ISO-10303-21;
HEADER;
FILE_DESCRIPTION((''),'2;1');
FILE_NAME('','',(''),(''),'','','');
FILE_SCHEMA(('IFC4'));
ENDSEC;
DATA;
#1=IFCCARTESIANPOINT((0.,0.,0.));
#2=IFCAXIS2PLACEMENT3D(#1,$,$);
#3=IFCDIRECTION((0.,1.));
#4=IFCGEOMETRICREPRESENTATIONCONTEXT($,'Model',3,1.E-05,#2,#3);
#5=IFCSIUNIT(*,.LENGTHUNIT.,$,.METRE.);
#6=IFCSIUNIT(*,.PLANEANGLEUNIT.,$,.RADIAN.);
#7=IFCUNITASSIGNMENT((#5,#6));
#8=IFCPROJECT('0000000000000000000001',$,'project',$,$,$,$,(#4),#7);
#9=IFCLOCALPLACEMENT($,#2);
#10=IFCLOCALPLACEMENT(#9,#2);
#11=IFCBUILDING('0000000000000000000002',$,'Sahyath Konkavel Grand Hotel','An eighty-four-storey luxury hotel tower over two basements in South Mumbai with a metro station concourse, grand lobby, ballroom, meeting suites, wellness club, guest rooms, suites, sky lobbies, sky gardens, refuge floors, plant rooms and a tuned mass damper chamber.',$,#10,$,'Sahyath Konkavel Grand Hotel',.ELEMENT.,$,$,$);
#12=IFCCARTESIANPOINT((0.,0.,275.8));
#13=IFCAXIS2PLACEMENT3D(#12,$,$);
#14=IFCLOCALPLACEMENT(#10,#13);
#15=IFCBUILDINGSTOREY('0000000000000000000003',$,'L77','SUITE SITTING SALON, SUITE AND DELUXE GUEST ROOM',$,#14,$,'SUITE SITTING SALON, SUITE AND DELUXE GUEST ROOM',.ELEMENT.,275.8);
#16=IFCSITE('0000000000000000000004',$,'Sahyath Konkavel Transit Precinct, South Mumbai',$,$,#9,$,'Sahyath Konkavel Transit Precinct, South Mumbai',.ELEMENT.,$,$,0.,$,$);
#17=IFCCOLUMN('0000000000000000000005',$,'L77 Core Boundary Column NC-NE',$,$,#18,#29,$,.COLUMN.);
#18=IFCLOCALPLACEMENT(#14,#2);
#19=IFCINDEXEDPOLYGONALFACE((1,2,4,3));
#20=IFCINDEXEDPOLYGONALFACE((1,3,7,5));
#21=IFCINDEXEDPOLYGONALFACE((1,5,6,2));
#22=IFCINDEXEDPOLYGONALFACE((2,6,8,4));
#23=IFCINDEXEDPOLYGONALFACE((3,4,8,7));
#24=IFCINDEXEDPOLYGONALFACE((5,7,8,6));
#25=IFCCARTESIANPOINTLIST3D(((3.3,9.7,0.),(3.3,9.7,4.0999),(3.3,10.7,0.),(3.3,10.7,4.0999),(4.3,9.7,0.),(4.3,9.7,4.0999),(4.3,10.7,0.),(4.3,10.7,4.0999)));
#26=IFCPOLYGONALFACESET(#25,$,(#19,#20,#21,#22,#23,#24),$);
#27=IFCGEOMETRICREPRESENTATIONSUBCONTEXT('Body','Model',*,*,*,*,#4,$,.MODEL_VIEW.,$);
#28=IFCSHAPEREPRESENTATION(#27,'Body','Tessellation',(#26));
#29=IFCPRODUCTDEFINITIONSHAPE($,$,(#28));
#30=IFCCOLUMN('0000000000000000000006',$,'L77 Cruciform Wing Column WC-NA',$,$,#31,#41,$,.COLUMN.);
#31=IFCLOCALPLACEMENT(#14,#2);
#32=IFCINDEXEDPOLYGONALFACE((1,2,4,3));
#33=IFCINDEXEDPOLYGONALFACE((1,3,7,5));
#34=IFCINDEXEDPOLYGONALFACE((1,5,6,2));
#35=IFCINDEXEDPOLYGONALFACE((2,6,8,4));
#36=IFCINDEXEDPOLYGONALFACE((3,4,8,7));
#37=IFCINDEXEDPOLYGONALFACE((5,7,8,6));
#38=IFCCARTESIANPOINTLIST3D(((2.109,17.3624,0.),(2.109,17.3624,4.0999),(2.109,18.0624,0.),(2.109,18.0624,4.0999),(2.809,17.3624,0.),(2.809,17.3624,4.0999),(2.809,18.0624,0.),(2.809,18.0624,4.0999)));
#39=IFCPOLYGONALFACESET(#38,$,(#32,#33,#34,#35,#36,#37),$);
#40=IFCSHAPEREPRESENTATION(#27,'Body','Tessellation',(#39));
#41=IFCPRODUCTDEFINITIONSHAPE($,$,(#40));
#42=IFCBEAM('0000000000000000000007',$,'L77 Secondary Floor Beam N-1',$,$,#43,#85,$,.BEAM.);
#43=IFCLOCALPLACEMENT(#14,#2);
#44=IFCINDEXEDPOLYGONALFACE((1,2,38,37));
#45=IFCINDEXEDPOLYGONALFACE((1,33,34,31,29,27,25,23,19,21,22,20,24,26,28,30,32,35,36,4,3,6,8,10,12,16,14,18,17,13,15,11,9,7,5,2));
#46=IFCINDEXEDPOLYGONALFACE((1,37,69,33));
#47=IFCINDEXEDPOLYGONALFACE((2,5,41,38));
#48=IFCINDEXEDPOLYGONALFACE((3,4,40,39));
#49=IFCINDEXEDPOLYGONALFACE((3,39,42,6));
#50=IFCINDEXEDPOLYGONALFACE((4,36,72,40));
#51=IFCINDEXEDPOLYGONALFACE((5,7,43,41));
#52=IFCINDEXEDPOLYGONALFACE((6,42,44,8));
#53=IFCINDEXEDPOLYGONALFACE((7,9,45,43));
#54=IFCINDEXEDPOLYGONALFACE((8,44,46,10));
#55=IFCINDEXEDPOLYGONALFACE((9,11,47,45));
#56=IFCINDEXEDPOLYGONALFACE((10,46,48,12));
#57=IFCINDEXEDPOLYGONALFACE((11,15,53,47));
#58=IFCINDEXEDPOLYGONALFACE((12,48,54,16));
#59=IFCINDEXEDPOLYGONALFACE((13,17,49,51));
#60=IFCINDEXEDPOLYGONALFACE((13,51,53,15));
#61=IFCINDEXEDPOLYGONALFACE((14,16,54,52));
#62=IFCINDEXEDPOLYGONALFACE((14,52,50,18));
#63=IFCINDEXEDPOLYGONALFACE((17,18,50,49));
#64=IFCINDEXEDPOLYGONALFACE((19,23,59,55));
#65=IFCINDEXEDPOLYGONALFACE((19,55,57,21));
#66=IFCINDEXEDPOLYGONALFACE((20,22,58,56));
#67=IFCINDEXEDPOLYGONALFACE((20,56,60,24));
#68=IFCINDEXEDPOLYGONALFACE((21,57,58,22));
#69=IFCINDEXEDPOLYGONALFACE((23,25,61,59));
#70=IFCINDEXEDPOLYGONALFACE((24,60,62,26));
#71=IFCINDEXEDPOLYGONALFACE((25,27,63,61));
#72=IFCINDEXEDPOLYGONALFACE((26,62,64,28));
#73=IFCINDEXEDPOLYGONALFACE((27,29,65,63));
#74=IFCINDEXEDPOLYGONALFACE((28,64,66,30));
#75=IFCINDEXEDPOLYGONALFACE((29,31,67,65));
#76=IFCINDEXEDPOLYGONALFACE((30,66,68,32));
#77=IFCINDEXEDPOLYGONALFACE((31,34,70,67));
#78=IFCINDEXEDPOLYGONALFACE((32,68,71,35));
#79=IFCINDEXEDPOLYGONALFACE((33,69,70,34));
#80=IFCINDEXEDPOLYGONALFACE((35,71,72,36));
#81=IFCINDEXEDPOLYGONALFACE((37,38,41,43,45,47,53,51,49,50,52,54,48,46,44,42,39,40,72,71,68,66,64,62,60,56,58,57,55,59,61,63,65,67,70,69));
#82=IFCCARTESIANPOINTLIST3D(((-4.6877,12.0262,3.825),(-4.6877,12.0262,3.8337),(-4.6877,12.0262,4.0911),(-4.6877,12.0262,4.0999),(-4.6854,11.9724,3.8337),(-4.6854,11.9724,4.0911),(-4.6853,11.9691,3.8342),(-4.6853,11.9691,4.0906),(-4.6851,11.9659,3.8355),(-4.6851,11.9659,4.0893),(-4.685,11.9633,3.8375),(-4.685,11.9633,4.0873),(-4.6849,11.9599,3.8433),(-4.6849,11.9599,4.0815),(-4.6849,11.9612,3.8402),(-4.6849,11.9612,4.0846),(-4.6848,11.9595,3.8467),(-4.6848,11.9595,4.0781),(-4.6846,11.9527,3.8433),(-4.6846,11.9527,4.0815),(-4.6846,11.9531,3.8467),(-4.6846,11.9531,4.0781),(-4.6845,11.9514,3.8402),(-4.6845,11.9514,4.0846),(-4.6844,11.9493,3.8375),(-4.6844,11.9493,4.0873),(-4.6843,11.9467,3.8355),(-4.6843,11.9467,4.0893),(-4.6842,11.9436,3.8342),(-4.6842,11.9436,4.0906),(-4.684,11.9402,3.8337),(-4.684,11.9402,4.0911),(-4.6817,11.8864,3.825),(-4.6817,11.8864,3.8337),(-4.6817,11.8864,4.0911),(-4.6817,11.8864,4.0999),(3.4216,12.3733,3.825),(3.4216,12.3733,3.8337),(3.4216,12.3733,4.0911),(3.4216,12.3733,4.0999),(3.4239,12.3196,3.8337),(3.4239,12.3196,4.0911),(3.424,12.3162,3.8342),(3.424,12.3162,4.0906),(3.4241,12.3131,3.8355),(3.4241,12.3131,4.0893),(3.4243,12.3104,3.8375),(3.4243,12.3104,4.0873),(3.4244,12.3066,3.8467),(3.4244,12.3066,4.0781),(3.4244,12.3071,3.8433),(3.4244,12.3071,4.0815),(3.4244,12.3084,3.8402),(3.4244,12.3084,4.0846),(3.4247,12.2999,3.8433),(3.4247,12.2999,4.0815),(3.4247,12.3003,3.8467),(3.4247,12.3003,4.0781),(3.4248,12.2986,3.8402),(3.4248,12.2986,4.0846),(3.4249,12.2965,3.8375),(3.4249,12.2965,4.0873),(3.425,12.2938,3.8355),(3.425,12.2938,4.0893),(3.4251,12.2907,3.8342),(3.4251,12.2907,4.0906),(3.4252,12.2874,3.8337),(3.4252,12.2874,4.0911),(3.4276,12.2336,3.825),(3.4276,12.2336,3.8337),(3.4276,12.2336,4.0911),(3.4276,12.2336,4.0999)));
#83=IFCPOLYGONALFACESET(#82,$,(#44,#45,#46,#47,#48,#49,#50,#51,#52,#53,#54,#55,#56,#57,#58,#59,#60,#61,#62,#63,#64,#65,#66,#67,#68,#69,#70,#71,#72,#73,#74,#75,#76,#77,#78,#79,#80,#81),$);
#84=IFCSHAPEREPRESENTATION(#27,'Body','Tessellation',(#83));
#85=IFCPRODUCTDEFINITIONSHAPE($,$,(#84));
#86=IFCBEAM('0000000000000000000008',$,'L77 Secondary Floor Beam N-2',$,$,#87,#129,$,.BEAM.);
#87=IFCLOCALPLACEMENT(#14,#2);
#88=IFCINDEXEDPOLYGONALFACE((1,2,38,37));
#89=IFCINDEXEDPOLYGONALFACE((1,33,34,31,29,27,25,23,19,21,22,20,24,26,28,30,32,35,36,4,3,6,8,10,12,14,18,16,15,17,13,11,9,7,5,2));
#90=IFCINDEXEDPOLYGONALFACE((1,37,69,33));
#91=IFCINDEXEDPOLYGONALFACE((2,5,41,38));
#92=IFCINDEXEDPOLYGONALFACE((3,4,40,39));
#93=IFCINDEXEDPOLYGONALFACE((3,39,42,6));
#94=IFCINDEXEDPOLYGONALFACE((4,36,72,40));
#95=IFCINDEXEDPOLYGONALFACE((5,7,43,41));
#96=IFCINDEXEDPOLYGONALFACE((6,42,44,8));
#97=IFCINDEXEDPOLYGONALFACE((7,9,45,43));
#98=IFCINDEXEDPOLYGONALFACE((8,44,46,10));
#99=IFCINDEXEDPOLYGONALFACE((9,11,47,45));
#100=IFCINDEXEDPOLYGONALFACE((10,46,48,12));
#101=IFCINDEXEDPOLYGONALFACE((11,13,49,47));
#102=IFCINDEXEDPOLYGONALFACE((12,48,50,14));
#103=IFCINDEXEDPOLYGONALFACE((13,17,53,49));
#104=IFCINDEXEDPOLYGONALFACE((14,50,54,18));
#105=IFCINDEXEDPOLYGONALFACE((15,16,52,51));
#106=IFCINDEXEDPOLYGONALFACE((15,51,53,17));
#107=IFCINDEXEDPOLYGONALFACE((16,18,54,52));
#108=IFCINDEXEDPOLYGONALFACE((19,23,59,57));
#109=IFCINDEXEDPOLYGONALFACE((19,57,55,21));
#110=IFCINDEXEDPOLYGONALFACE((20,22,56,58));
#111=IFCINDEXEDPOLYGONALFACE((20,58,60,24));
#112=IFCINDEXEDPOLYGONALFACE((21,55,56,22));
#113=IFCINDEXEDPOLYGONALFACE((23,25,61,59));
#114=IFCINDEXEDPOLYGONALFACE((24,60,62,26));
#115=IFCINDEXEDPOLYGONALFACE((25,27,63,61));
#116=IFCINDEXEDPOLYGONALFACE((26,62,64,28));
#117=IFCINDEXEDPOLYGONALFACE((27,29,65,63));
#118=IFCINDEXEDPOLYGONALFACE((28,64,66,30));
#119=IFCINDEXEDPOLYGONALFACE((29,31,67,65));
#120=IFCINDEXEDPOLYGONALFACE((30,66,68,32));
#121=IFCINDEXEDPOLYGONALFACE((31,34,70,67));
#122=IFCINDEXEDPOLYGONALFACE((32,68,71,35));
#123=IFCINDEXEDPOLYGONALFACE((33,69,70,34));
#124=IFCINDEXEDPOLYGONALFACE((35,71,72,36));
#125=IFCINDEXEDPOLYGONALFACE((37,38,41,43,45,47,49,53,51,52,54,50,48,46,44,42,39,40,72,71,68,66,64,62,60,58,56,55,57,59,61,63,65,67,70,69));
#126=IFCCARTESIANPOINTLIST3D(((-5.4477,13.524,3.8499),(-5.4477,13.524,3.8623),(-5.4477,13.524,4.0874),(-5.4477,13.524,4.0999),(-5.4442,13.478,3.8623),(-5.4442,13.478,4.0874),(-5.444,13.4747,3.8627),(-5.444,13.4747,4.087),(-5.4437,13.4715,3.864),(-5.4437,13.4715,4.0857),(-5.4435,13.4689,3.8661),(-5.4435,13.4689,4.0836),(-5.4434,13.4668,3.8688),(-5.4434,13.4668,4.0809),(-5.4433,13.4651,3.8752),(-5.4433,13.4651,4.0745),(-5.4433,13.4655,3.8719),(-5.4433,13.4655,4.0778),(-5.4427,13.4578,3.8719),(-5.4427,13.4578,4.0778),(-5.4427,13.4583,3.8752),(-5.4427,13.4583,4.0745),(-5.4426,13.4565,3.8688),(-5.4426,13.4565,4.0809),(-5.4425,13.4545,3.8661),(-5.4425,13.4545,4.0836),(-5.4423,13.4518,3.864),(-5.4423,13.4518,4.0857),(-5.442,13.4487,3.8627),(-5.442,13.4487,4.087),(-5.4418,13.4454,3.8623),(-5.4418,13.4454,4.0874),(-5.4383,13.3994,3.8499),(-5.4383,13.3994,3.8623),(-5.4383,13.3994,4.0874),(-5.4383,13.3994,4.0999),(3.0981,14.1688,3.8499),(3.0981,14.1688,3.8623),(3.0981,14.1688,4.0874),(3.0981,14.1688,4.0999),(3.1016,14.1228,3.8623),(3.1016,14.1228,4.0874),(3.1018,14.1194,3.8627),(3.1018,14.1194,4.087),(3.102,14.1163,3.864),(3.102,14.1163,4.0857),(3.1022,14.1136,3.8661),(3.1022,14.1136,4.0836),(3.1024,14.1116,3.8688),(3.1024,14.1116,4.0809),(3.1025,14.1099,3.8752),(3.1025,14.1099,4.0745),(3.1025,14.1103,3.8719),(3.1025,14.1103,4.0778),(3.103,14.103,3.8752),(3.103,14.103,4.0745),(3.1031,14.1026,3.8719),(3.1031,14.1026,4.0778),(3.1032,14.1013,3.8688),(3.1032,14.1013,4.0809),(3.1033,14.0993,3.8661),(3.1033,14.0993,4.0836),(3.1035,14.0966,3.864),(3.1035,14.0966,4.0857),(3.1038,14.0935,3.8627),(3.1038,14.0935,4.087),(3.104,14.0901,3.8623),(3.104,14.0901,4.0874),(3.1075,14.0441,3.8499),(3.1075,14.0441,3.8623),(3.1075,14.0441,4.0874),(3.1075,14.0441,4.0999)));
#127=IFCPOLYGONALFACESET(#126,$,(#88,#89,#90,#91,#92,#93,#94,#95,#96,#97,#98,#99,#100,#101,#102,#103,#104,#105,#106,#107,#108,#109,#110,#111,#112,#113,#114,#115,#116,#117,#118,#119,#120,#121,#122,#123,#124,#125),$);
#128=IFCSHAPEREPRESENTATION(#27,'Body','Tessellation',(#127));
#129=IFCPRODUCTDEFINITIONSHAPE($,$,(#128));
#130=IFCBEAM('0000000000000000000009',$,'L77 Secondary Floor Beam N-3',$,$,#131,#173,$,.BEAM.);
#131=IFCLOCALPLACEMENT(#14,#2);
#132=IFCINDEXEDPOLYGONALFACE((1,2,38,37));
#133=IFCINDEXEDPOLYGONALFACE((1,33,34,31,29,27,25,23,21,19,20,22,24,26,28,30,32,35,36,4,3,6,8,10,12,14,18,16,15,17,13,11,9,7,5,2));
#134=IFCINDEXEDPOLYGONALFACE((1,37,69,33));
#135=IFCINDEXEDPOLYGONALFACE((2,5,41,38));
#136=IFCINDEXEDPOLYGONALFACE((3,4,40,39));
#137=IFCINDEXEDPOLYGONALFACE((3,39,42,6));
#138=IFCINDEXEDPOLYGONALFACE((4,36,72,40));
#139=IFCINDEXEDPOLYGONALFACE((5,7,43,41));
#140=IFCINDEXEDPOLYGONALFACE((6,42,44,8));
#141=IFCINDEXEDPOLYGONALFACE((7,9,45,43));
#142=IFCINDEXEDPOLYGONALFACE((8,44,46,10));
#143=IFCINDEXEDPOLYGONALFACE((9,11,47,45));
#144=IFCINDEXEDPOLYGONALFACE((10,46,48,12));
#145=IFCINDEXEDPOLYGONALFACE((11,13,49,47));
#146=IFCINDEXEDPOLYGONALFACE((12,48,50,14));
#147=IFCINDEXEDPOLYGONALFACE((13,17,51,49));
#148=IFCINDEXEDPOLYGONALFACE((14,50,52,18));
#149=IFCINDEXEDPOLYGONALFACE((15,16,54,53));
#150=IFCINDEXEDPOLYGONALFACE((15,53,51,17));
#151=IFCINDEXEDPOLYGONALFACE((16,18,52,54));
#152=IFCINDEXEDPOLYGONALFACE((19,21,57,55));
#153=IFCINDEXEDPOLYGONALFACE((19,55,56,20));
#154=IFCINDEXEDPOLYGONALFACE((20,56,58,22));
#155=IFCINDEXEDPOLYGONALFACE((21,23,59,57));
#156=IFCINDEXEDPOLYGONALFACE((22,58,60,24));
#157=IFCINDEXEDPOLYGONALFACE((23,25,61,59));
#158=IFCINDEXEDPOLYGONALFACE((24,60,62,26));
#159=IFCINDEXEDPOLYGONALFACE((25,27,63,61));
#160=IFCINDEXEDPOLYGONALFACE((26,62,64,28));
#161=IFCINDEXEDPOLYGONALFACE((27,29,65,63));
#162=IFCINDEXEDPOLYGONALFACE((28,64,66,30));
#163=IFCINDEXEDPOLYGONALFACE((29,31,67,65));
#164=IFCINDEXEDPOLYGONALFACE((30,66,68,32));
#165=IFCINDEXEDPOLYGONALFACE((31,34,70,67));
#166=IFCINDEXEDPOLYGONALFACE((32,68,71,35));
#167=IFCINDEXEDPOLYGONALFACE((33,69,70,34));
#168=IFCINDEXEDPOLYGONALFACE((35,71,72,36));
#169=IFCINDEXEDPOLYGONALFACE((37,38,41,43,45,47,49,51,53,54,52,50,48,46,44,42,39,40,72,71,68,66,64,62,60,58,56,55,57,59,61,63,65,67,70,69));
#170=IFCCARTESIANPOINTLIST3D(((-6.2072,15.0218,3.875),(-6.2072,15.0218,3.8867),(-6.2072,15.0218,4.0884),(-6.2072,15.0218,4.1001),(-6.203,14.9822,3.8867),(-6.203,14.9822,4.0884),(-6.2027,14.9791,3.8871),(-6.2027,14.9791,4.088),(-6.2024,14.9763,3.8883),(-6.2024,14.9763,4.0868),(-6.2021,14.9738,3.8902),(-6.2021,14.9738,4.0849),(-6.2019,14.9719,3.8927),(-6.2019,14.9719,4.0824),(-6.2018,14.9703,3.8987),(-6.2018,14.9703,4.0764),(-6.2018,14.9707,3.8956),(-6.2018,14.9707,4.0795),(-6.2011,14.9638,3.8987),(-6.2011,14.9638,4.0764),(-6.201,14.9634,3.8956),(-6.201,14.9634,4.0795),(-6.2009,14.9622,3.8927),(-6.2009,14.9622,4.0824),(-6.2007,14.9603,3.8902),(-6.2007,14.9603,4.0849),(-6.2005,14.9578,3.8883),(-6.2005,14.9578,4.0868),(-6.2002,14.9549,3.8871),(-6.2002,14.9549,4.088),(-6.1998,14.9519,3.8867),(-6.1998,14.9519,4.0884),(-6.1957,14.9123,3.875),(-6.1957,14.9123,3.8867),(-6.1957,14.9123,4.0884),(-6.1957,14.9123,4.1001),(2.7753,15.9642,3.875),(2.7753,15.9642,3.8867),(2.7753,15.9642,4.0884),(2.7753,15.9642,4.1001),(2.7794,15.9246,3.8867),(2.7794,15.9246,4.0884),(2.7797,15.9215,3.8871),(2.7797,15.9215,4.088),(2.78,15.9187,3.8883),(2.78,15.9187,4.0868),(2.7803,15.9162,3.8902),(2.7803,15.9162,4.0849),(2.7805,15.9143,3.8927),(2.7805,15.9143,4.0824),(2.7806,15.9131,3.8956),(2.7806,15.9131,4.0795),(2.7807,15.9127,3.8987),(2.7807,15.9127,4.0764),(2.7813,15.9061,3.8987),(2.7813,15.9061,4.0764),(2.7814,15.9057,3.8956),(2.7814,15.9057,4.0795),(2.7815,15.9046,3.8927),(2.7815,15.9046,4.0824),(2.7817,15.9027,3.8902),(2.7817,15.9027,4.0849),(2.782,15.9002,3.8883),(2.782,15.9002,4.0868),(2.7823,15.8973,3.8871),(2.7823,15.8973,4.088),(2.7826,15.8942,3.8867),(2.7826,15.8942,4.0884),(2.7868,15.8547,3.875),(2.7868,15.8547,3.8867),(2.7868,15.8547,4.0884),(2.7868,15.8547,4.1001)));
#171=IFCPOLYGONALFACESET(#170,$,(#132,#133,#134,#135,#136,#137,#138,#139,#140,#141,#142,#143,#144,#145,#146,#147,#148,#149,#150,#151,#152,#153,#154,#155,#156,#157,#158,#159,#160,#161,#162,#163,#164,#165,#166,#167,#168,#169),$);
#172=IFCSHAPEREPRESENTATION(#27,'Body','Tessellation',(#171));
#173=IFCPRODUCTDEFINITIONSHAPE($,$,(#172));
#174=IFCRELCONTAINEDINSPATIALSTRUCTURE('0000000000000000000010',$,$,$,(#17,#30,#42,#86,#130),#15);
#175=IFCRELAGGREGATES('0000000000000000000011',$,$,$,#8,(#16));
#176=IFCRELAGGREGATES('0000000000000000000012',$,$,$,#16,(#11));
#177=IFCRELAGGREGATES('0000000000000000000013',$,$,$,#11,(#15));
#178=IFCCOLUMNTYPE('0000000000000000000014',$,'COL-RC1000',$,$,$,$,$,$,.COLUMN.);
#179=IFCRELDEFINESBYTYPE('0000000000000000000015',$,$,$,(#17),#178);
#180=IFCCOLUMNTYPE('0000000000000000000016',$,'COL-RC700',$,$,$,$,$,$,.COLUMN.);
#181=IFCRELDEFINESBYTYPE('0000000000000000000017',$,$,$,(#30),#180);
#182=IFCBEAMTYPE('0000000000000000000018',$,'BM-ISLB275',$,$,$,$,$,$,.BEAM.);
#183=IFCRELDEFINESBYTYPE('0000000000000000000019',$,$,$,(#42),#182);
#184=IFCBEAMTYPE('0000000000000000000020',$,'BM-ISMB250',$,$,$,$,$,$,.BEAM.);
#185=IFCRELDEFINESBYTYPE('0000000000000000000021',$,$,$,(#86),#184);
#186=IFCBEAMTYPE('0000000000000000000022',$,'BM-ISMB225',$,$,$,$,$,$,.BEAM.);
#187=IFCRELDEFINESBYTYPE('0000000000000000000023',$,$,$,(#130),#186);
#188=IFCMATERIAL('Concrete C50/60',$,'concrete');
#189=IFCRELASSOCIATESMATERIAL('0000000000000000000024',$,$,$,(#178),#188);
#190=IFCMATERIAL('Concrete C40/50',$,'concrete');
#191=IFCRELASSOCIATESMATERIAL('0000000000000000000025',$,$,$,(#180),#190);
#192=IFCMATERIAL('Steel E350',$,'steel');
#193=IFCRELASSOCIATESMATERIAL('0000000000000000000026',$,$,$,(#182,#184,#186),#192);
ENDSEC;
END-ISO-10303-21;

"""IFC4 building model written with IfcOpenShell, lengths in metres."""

from ifc_helpers import new_model, si_unit, direction, frame, origin, origin_2d, place, context, subcontext, project, spatial, rectangle, i_section, extrude, source, transform, mapped, material, material_profile, profile_set, type_object, element, save


model = new_model("IFC4")

# Units and contexts
model_context = context("Model", 3, precision=1e-05, world=origin(), true_north=direction((0.0, 1.0)))
body_context = subcontext(model_context, "Body", "Model", "MODEL_VIEW")
ifc_project = project(units=[si_unit("LENGTHUNIT", "METRE"), si_unit("PLANEANGLEUNIT", "RADIAN")], contexts=[model_context])

# Site, building, storey
site_placement = place(None, origin())
site = spatial("IfcSite", under=ifc_project, at=site_placement, Name="Sahyath Konkavel Transit Precinct, South Mumbai", LongName="Sahyath Konkavel Transit Precinct, South Mumbai", CompositionType="ELEMENT", RefElevation=0.0)
building_placement = place(site_placement, origin())
building = spatial("IfcBuilding", under=site, at=building_placement, Name="Sahyath Konkavel Grand Hotel", Description="An eighty-four-storey luxury hotel tower over two basements in South Mumbai with a metro station concourse, grand lobby, ballroom, meeting suites, wellness club, guest rooms, suites, sky lobbies, sky gardens, refuge floors, plant rooms and a tuned mass damper chamber.", LongName="Sahyath Konkavel Grand Hotel", CompositionType="ELEMENT")
storey_placement = place(building_placement, frame((0.0, 0.0, 275.8)))
storey = spatial("IfcBuildingStorey", under=building, at=storey_placement, Name="L77", Description="SUITE SITTING SALON, SUITE AND DELUXE GUEST ROOM", LongName="SUITE SITTING SALON, SUITE AND DELUXE GUEST ROOM", CompositionType="ELEMENT", Elevation=275.8)

# Columns
ifc_material_1 = material(Name="Concrete C50/60", Category="concrete")
ifc_material_profile_1 = material_profile(ifc_material_1, rectangle(XDim=1.0, YDim=1.0, at=origin_2d()), Name="RC 1000x1000")
ifc_profile_set_1 = profile_set([ifc_material_profile_1], Name="Concrete C50/60")
column_type_1 = type_object("IfcColumnType", Name="COL-RC1000", PredefinedType="COLUMN", material=ifc_profile_set_1)
shared_shape_1 = source(origin(), body_context, "Body", "SweptSolid", [
    extrude(rectangle(XDim=1.0, YDim=1.0, at=origin_2d()), origin(), (0.0, 0.0, 1.0), 4.0999),
])
column_1_placement = place(storey_placement, frame((3.8, 10.2, 0.0), z_axis=(0.0, 0.0, 1.0), x_axis=(1.0, 0.0, 0.0)))
element("IfcColumn", 1, at=column_1_placement, inside=storey, type_object=column_type_1, Name="L77 Core Boundary Column NC-NE", PredefinedType="COLUMN", context=body_context, shape_type="MappedRepresentation", body=[
    mapped(shared_shape_1, transform((0.0, 0.0, 0.0), scale=1.0)),
])
ifc_material_2 = material(Name="Concrete C40/50", Category="concrete")
ifc_material_profile_2 = material_profile(ifc_material_2, rectangle(XDim=0.7, YDim=0.7, at=origin_2d()), Name="RC 700x700")
ifc_profile_set_2 = profile_set([ifc_material_profile_2], Name="Concrete C40/50")
column_type_2 = type_object("IfcColumnType", Name="COL-RC700", PredefinedType="COLUMN", material=ifc_profile_set_2)
shared_shape_2 = source(origin(), body_context, "Body", "SweptSolid", [
    extrude(rectangle(XDim=0.7, YDim=0.7, at=origin_2d()), origin(), (0.0, 0.0, 1.0), 4.0999),
])
column_2_placement = place(storey_placement, frame((2.459, 17.7124, 0.0), z_axis=(0.0, 0.0, 1.0), x_axis=(1.0, 0.0, 0.0)))
element("IfcColumn", 2, at=column_2_placement, inside=storey, type_object=column_type_2, Name="L77 Cruciform Wing Column WC-NA", PredefinedType="COLUMN", context=body_context, shape_type="MappedRepresentation", body=[
    mapped(shared_shape_2, transform((0.0, 0.0, 0.0), scale=1.0)),
])

# Beams
ifc_material_3 = material(Name="Steel E350", Category="steel")
ifc_material_profile_3 = material_profile(ifc_material_3, i_section(OverallWidth=0.1399, OverallDepth=0.2749, WebThickness=0.0063, FlangeThickness=0.0088, FilletRadius=0.0129, at=origin_2d()), Name="ISLB 275")
ifc_profile_set_3 = profile_set([ifc_material_profile_3], Name="Steel E350")
beam_type_1 = type_object("IfcBeamType", Name="BM-ISLB275", PredefinedType="BEAM", material=ifc_profile_set_3)
shared_shape_3 = source(origin(), body_context, "Body", "SweptSolid", [
    extrude(i_section(OverallWidth=0.1399, OverallDepth=0.2749, WebThickness=0.0063, FlangeThickness=0.0088, FilletRadius=0.0129, at=origin_2d()), origin(), (0.0, 0.0, 1.0), 8.1167),
])
beam_1_placement = place(storey_placement, frame((3.4246, 12.3035, 3.9624), z_axis=(-0.999085, -0.042772, 0.0), x_axis=(0.042772, -0.999085, 0.0)))
element("IfcBeam", 3, at=beam_1_placement, inside=storey, type_object=beam_type_1, Name="L77 Secondary Floor Beam N-1", PredefinedType="BEAM", context=body_context, shape_type="MappedRepresentation", body=[
    mapped(shared_shape_3, transform((0.0, 0.0, 0.0), scale=1.0)),
])
ifc_material_profile_4 = material_profile(ifc_material_3, i_section(OverallWidth=0.125, OverallDepth=0.25, WebThickness=0.0068, FlangeThickness=0.0125, FilletRadius=0.0129, at=origin_2d()), Name="ISMB 250")
ifc_profile_set_4 = profile_set([ifc_material_profile_4], Name="Steel E350")
beam_type_2 = type_object("IfcBeamType", Name="BM-ISMB250", PredefinedType="BEAM", material=ifc_profile_set_4)
shared_shape_4 = source(origin(), body_context, "Body", "SweptSolid", [
    extrude(i_section(OverallWidth=0.125, OverallDepth=0.25, WebThickness=0.0068, FlangeThickness=0.0125, FilletRadius=0.0129, at=origin_2d()), origin(), (0.0, 0.0, 1.0), 8.5701),
])
beam_2_placement = place(storey_placement, frame((3.1028, 14.1064, 3.9749), z_axis=(-0.997166, -0.075235, 0.0), x_axis=(0.075235, -0.997166, 0.0)))
element("IfcBeam", 4, at=beam_2_placement, inside=storey, type_object=beam_type_2, Name="L77 Secondary Floor Beam N-2", PredefinedType="BEAM", context=body_context, shape_type="MappedRepresentation", body=[
    mapped(shared_shape_4, transform((0.0, 0.0, 0.0), scale=1.0)),
])
ifc_material_profile_5 = material_profile(ifc_material_3, i_section(OverallWidth=0.1101, OverallDepth=0.2251, WebThickness=0.0066, FlangeThickness=0.0117, FilletRadius=0.012, at=origin_2d()), Name="ISMB 225")
ifc_profile_set_5 = profile_set([ifc_material_profile_5], Name="Steel E350")
beam_type_3 = type_object("IfcBeamType", Name="BM-ISMB225", PredefinedType="BEAM", material=ifc_profile_set_5)
shared_shape_5 = source(origin(), body_context, "Body", "SweptSolid", [
    extrude(i_section(OverallWidth=0.1101, OverallDepth=0.2251, WebThickness=0.0066, FlangeThickness=0.0117, FilletRadius=0.012, at=origin_2d()), origin(), (0.0, 0.0, 1.0), 9.0317),
])
beam_3_placement = place(storey_placement, frame((2.781, 15.9094, 3.9875), z_axis=(-0.994542, -0.104341, 0.0), x_axis=(0.104341, -0.994542, 0.0)))
element("IfcBeam", 5, at=beam_3_placement, inside=storey, type_object=beam_type_3, Name="L77 Secondary Floor Beam N-3", PredefinedType="BEAM", context=body_context, shape_type="MappedRepresentation", body=[
    mapped(shared_shape_5, transform((0.0, 0.0, 0.0), scale=1.0)),
])

save(model, "model.ifc")
